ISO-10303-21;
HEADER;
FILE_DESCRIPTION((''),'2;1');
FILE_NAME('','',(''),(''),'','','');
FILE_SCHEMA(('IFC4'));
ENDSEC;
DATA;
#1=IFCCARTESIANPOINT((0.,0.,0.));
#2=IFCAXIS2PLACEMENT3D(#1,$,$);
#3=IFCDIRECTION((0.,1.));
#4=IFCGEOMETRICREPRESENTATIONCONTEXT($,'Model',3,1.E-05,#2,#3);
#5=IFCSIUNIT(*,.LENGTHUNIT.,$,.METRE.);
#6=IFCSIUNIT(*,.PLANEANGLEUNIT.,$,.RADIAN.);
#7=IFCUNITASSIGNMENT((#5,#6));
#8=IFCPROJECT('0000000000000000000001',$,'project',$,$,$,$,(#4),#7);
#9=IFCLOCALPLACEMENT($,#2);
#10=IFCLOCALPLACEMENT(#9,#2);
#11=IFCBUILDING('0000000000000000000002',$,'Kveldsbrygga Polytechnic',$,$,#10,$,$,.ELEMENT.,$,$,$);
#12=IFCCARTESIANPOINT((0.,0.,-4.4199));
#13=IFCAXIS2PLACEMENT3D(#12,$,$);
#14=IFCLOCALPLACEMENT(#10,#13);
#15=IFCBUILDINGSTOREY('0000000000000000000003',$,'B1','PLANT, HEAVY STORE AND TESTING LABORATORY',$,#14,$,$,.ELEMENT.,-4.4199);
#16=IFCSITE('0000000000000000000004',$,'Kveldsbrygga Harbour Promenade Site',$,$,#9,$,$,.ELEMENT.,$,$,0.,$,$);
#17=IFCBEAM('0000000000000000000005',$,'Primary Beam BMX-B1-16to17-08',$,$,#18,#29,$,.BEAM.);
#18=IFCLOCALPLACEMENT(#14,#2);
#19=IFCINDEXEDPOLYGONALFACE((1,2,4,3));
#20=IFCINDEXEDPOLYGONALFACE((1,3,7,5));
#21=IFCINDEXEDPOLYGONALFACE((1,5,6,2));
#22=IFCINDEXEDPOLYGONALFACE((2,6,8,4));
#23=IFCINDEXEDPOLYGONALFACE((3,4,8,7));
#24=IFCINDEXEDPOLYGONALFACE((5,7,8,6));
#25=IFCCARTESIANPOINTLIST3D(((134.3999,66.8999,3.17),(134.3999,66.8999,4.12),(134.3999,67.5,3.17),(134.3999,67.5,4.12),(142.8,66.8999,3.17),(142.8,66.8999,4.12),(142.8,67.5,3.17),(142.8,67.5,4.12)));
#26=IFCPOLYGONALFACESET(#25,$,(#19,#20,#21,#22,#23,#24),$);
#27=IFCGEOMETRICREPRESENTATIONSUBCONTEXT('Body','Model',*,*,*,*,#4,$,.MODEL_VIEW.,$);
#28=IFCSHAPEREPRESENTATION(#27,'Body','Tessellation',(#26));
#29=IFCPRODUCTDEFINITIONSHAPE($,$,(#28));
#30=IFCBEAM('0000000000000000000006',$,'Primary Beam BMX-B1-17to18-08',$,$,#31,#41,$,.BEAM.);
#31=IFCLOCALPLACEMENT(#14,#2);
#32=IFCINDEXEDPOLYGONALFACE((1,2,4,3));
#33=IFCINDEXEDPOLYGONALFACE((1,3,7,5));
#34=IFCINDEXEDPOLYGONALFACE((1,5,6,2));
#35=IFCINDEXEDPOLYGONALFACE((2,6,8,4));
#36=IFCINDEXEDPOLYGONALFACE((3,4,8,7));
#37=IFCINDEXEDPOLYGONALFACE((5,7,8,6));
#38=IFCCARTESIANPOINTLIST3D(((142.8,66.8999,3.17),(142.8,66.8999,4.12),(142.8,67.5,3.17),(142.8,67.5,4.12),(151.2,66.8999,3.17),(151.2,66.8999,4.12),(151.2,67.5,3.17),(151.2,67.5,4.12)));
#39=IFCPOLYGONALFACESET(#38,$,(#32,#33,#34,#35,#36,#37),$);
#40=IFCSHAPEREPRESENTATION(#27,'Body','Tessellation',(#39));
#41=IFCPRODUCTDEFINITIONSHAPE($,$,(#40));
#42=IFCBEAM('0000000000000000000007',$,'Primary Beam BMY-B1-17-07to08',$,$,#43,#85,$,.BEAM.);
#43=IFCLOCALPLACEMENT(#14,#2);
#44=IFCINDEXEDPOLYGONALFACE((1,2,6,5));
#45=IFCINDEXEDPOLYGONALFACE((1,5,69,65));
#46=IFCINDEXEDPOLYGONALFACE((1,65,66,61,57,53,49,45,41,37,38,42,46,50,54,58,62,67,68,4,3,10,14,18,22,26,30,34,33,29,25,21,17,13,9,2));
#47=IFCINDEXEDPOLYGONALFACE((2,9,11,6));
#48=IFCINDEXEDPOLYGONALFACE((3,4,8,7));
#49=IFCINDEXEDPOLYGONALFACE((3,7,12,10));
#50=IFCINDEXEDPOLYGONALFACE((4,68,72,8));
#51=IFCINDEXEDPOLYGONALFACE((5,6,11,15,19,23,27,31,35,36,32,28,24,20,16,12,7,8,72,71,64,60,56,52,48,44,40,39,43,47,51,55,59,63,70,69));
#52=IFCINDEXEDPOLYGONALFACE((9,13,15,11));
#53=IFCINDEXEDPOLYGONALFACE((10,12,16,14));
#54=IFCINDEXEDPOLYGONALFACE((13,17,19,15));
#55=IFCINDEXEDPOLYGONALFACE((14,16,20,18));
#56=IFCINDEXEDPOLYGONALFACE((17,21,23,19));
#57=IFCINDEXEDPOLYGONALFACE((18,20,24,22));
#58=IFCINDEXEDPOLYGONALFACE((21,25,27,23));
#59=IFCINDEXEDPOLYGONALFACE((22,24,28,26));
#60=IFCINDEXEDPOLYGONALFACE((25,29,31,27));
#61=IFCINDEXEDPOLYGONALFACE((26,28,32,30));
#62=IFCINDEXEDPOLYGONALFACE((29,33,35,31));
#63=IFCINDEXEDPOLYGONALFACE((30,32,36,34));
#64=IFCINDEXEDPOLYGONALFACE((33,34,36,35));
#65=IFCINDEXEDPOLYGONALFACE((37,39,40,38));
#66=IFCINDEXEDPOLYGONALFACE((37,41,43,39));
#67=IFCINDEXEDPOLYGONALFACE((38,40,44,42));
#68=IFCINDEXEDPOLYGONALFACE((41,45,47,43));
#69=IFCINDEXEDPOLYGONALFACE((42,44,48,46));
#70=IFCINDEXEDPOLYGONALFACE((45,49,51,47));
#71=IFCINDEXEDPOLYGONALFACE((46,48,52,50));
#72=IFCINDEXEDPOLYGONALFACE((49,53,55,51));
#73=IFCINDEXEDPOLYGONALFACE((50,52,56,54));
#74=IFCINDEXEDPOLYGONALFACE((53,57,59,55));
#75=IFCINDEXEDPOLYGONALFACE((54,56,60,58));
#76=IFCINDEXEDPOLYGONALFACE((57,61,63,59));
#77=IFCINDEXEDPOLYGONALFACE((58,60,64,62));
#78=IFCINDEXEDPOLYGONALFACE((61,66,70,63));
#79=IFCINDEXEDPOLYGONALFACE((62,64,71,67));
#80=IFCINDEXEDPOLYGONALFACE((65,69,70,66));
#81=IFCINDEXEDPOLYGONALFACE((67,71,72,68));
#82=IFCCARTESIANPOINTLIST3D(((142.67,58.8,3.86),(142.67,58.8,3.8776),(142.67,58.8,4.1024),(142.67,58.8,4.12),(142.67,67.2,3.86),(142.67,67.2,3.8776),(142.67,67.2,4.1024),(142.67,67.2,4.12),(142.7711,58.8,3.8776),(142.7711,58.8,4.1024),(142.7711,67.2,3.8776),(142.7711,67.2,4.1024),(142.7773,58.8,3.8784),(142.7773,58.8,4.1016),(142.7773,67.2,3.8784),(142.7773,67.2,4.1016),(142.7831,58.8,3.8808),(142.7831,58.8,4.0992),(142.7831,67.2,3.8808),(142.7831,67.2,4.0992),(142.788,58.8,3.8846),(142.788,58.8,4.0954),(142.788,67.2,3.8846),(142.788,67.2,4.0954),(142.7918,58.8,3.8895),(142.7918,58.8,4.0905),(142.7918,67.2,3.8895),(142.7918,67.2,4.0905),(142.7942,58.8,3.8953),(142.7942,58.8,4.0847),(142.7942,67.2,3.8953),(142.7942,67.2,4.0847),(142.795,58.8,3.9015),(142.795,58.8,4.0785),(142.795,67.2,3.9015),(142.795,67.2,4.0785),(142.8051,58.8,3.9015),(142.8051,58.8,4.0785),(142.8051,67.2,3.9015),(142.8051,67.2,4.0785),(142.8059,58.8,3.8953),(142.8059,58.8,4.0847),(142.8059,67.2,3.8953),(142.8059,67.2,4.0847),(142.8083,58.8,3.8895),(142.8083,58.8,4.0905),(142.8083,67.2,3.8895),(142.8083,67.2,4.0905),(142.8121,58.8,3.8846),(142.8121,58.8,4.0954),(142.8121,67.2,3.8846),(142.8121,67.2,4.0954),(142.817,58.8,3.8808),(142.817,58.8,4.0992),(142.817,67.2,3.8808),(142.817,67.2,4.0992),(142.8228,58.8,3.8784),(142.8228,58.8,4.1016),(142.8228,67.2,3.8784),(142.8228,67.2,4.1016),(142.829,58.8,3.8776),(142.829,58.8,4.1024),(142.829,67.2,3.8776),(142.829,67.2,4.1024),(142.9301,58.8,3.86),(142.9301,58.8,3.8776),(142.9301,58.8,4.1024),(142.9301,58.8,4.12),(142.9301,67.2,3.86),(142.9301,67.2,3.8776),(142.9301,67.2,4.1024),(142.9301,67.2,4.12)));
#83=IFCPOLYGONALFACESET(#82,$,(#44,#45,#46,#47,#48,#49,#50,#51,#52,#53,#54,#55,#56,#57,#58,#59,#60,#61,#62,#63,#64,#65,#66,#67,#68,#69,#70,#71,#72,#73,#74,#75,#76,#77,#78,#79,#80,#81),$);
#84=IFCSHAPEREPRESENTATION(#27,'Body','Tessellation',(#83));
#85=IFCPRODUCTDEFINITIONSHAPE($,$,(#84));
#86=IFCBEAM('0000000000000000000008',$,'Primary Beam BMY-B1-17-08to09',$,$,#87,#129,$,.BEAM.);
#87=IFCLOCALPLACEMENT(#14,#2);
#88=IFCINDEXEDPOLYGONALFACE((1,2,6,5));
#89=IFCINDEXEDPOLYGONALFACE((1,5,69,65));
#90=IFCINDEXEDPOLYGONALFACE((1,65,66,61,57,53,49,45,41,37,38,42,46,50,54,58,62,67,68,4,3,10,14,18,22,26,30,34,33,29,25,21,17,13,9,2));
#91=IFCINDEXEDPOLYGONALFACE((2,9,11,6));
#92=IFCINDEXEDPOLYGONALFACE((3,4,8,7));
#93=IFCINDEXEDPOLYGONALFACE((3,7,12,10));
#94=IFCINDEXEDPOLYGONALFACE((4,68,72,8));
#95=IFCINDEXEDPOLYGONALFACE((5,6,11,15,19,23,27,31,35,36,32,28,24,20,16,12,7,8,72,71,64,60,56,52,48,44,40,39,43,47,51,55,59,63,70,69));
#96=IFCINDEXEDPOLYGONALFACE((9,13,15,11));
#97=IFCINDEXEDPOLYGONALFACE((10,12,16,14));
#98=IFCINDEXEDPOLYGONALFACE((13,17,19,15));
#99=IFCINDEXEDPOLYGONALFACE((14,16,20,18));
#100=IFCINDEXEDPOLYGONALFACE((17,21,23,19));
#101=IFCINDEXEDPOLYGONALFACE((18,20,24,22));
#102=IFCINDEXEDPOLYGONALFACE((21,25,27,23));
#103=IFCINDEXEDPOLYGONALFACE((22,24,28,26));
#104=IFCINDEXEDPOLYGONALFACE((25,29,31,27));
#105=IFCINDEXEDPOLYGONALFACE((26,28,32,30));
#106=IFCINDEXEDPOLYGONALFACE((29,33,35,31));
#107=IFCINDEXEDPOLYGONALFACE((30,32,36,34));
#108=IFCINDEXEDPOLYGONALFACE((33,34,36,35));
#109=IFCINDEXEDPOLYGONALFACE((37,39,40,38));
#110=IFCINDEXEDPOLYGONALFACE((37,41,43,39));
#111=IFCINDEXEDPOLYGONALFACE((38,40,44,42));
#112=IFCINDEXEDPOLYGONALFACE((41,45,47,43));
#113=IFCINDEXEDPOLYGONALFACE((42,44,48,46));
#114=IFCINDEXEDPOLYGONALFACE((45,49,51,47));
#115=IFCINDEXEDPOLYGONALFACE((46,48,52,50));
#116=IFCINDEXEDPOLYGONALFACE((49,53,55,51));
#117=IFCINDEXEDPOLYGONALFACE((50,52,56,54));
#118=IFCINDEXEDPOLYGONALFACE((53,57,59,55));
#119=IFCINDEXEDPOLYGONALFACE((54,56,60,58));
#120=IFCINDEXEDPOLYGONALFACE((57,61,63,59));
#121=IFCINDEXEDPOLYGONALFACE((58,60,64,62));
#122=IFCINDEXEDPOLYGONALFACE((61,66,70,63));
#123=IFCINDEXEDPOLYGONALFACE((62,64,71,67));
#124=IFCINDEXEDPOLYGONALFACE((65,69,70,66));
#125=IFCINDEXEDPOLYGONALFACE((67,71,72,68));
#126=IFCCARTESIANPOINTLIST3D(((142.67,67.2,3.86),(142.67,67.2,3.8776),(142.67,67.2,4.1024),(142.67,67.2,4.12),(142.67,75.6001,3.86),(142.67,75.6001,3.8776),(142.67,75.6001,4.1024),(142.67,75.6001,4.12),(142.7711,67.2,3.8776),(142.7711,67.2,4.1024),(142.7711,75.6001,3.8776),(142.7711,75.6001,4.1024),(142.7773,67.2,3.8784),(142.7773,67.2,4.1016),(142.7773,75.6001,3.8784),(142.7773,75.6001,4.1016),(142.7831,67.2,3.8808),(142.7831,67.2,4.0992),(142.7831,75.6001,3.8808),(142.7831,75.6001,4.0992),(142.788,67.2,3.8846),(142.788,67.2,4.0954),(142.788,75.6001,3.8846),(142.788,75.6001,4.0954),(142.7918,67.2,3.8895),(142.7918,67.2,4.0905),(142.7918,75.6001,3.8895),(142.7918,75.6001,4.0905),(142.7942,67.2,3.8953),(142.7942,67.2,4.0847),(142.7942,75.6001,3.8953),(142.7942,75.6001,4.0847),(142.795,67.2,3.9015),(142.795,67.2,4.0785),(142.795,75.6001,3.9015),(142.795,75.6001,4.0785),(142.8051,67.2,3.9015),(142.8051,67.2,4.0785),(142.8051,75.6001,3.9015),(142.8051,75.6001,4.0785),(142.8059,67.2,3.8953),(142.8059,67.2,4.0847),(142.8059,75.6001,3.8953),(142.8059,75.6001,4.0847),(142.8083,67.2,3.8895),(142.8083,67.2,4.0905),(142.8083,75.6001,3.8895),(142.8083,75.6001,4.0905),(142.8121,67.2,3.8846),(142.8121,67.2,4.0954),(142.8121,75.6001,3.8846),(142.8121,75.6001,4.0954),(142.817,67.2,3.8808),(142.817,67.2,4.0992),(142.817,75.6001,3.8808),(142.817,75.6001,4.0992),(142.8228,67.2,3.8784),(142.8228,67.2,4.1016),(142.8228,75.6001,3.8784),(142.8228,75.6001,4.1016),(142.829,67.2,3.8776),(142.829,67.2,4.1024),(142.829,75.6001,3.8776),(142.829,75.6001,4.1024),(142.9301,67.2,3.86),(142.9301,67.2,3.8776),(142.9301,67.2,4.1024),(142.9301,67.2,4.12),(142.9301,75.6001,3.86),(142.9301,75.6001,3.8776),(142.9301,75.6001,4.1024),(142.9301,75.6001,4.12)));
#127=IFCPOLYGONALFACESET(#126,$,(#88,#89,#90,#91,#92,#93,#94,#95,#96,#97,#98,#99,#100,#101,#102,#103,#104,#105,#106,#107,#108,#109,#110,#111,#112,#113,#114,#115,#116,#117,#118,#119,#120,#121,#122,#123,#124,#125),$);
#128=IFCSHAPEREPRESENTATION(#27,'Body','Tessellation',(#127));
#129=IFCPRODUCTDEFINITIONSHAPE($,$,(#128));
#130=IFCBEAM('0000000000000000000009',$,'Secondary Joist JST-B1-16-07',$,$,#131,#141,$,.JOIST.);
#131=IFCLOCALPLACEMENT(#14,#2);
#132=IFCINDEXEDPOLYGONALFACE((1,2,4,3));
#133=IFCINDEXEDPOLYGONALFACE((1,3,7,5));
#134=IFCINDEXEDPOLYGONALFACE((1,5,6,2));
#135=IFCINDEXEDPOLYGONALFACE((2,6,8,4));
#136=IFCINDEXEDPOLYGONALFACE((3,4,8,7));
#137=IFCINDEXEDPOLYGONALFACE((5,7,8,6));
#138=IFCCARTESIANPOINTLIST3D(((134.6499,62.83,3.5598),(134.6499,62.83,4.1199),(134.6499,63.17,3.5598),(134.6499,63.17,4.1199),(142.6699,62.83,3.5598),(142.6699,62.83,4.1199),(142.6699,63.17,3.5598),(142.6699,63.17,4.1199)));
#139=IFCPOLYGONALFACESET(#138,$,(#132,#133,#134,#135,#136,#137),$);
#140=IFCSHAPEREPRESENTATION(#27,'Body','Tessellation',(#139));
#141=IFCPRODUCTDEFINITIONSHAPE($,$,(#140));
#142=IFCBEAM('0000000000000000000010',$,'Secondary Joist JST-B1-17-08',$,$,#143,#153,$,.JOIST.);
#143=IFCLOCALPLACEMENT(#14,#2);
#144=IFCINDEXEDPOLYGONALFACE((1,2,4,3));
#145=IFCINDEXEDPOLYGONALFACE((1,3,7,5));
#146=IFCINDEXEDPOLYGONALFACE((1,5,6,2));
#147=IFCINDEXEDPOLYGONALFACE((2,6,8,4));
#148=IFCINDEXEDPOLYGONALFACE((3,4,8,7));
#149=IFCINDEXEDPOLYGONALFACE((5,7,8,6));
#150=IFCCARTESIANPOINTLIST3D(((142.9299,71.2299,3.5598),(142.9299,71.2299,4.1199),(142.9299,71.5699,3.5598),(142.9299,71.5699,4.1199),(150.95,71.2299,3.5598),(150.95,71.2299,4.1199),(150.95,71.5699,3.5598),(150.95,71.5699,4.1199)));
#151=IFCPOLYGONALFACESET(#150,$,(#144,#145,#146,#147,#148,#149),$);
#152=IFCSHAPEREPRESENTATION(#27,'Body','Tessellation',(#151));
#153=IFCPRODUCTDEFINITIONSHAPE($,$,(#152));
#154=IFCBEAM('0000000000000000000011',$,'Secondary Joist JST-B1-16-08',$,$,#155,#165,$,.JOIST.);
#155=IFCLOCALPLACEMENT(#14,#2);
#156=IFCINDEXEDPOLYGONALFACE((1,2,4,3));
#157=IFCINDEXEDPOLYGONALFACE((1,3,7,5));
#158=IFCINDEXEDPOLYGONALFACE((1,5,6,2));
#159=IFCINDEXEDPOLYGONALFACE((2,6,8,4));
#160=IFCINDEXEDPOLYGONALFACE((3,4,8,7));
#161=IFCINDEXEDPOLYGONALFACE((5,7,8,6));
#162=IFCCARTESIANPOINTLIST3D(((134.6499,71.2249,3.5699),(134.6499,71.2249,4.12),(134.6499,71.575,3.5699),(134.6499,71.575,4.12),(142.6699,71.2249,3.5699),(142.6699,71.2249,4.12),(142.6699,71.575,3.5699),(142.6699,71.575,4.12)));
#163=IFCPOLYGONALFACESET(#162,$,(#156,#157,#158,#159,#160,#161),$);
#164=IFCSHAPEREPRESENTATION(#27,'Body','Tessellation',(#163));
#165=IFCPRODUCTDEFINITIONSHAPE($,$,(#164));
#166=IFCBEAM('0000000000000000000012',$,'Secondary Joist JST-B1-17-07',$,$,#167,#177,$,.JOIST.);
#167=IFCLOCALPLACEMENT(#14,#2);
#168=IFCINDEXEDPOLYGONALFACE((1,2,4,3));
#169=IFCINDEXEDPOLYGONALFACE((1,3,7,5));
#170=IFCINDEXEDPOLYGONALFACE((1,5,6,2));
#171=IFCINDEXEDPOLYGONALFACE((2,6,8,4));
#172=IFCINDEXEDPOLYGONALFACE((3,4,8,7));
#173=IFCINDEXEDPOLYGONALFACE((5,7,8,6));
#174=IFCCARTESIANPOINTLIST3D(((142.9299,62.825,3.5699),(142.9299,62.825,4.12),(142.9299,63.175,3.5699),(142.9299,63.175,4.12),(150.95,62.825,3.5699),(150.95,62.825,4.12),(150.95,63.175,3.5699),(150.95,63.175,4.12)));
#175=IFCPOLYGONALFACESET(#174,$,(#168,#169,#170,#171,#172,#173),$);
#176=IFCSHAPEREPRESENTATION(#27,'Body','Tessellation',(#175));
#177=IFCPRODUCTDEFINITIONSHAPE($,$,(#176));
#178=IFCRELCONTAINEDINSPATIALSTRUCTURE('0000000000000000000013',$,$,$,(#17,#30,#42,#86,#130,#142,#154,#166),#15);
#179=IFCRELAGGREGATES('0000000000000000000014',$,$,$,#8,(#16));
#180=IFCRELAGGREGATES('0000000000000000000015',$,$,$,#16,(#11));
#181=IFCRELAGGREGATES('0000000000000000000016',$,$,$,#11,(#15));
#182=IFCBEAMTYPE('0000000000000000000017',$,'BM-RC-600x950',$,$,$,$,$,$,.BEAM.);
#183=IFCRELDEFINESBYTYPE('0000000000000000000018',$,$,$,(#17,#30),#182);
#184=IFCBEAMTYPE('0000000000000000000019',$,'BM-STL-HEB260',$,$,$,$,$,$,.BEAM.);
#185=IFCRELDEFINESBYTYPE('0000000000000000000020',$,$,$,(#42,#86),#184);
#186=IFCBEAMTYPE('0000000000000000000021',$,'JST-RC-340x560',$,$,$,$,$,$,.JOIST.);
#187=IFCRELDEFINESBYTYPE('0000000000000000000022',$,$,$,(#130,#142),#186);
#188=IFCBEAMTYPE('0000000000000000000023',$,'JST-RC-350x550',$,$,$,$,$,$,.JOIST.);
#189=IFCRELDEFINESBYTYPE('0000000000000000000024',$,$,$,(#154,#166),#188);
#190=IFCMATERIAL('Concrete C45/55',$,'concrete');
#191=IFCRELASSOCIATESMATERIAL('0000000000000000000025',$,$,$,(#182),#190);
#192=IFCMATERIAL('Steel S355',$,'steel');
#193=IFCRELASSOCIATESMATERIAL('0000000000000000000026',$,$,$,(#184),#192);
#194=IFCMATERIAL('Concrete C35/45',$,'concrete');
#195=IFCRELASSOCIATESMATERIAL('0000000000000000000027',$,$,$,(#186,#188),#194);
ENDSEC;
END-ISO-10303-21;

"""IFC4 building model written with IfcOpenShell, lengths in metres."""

from ifc_helpers import new_model, si_unit, direction, frame, origin, origin_2d, place, context, subcontext, project, spatial, rectangle, i_section, extrude, material, material_profile, profile_set, type_object, element, save


model = new_model("IFC4")

# Units and contexts
model_context = context("Model", 3, precision=1e-05, world=origin(), true_north=direction((0.0, 1.0)))
body_context = subcontext(model_context, "Body", "Model", "MODEL_VIEW")
ifc_project = project(units=[si_unit("LENGTHUNIT", "METRE"), si_unit("PLANEANGLEUNIT", "RADIAN")], contexts=[model_context])

# Site, building, storey
site_placement = place(None, origin())
site = spatial("IfcSite", under=ifc_project, at=site_placement, Name="Kveldsbrygga Harbour Promenade Site", CompositionType="ELEMENT", RefElevation=0.0)
building_placement = place(site_placement, origin())
building = spatial("IfcBuilding", under=site, at=building_placement, Name="Kveldsbrygga Polytechnic", CompositionType="ELEMENT")
storey_placement = place(building_placement, frame((0.0, 0.0, -4.4199)))
storey = spatial("IfcBuildingStorey", under=building, at=storey_placement, Name="B1", Description="PLANT, HEAVY STORE AND TESTING LABORATORY", CompositionType="ELEMENT", Elevation=-4.4199)

# Shared definitions
ifc_material_1 = material(Name="Concrete C45/55", Category="concrete")

# Beams
ifc_material_2 = material(Name="Concrete C35/45", Category="concrete")
ifc_material_profile_1 = material_profile(ifc_material_1, rectangle(XDim=0.6001, YDim=0.95, at=origin_2d()), Name="RC 600x950")
ifc_profile_set_1 = profile_set([ifc_material_profile_1], Name="Concrete C45/55")
beam_type_1 = type_object("IfcBeamType", Name="BM-RC-600x950", PredefinedType="BEAM", material=ifc_profile_set_1)
beam_1_placement = place(storey_placement, frame((134.3999, 67.2, 3.645), z_axis=(1.0, 0.0, 0.0), x_axis=(0.0, 1.0, 0.0)))
element("IfcBeam", 1, at=beam_1_placement, inside=storey, type_object=beam_type_1, Name="Primary Beam BMX-B1-16to17-08", PredefinedType="BEAM", context=body_context, shape_type="SweptSolid", body=[
    extrude(rectangle(XDim=0.6001, YDim=0.95, at=origin_2d()), origin(), (0.0, 0.0, 1.0), 8.4001),
])
beam_2_placement = place(storey_placement, frame((142.8, 67.2, 3.645), z_axis=(1.0, 0.0, 0.0), x_axis=(0.0, 1.0, 0.0)))
element("IfcBeam", 2, at=beam_2_placement, inside=storey, type_object=beam_type_1, Name="Primary Beam BMX-B1-17to18-08", PredefinedType="BEAM", context=body_context, shape_type="SweptSolid", body=[
    extrude(rectangle(XDim=0.6001, YDim=0.95, at=origin_2d()), origin(), (0.0, 0.0, 1.0), 8.3999),
])
ifc_material_3 = material(Name="Steel S355", Category="steel")
ifc_material_profile_2 = material_profile(ifc_material_3, i_section(OverallWidth=0.26, OverallDepth=0.26, WebThickness=0.01, FlangeThickness=0.0176, FilletRadius=0.0239, at=origin_2d()), Name="HEB 260")
ifc_profile_set_2 = profile_set([ifc_material_profile_2], Name="Steel S355")
beam_type_2 = type_object("IfcBeamType", Name="BM-STL-HEB260", PredefinedType="BEAM", material=ifc_profile_set_2)
beam_3_placement = place(storey_placement, frame((142.8, 58.8, 3.99), z_axis=(0.0, 1.0, 0.0), x_axis=(-1.0, 0.0, 0.0)))
element("IfcBeam", 3, at=beam_3_placement, inside=storey, type_object=beam_type_2, Name="Primary Beam BMY-B1-17-07to08", PredefinedType="BEAM", context=body_context, shape_type="SweptSolid", body=[
    extrude(i_section(OverallWidth=0.26, OverallDepth=0.26, WebThickness=0.01, FlangeThickness=0.0176, FilletRadius=0.0239, at=origin_2d()), origin(), (0.0, 0.0, 1.0), 8.3999),
])
beam_4_placement = place(storey_placement, frame((142.8, 67.2, 3.99), z_axis=(0.0, 1.0, 0.0), x_axis=(-1.0, 0.0, 0.0)))
element("IfcBeam", 4, at=beam_4_placement, inside=storey, type_object=beam_type_2, Name="Primary Beam BMY-B1-17-08to09", PredefinedType="BEAM", context=body_context, shape_type="SweptSolid", body=[
    extrude(i_section(OverallWidth=0.26, OverallDepth=0.26, WebThickness=0.01, FlangeThickness=0.0176, FilletRadius=0.0239, at=origin_2d()), origin(), (0.0, 0.0, 1.0), 8.4001),
])
ifc_material_profile_3 = material_profile(ifc_material_2, rectangle(XDim=0.3401, YDim=0.5601, at=origin_2d()), Name="RC 340x560")
ifc_profile_set_3 = profile_set([ifc_material_profile_3], Name="Concrete C35/45")
beam_type_3 = type_object("IfcBeamType", Name="JST-RC-340x560", PredefinedType="JOIST", material=ifc_profile_set_3)
for number, where, z_axis, x_axis, name in (
    (5, (134.6499, 63.0, 3.8398), (1.0, 0.0, 0.0), (0.0, 1.0, 0.0), "Secondary Joist JST-B1-16-07"),
    (6, (142.9299, 71.3999, 3.8398), (1.0, 0.0, 0.0), (0.0, 1.0, 0.0), "Secondary Joist JST-B1-17-08"),
):
    element("IfcBeam", number, at=place(storey_placement, frame(where, z_axis=z_axis, x_axis=x_axis)), inside=storey, type_object=beam_type_3, Name=name, PredefinedType="JOIST", context=body_context, shape_type="SweptSolid", body=[
        extrude(rectangle(XDim=0.3401, YDim=0.5601, at=origin_2d()), origin(), (0.0, 0.0, 1.0), 8.02),
    ])
ifc_material_profile_4 = material_profile(ifc_material_2, rectangle(XDim=0.3501, YDim=0.55, at=origin_2d()), Name="RC 350x550")
ifc_profile_set_4 = profile_set([ifc_material_profile_4], Name="Concrete C35/45")
beam_type_4 = type_object("IfcBeamType", Name="JST-RC-350x550", PredefinedType="JOIST", material=ifc_profile_set_4)
for number, where, z_axis, x_axis, name in (
    (7, (134.6499, 71.3999, 3.845), (1.0, 0.0, 0.0), (0.0, 1.0, 0.0), "Secondary Joist JST-B1-16-08"),
    (8, (142.9299, 63.0, 3.845), (1.0, 0.0, 0.0), (0.0, 1.0, 0.0), "Secondary Joist JST-B1-17-07"),
):
    element("IfcBeam", number, at=place(storey_placement, frame(where, z_axis=z_axis, x_axis=x_axis)), inside=storey, type_object=beam_type_4, Name=name, PredefinedType="JOIST", context=body_context, shape_type="SweptSolid", body=[
        extrude(rectangle(XDim=0.3501, YDim=0.55, at=origin_2d()), origin(), (0.0, 0.0, 1.0), 8.02),
    ])

save(model, "model.ifc")
